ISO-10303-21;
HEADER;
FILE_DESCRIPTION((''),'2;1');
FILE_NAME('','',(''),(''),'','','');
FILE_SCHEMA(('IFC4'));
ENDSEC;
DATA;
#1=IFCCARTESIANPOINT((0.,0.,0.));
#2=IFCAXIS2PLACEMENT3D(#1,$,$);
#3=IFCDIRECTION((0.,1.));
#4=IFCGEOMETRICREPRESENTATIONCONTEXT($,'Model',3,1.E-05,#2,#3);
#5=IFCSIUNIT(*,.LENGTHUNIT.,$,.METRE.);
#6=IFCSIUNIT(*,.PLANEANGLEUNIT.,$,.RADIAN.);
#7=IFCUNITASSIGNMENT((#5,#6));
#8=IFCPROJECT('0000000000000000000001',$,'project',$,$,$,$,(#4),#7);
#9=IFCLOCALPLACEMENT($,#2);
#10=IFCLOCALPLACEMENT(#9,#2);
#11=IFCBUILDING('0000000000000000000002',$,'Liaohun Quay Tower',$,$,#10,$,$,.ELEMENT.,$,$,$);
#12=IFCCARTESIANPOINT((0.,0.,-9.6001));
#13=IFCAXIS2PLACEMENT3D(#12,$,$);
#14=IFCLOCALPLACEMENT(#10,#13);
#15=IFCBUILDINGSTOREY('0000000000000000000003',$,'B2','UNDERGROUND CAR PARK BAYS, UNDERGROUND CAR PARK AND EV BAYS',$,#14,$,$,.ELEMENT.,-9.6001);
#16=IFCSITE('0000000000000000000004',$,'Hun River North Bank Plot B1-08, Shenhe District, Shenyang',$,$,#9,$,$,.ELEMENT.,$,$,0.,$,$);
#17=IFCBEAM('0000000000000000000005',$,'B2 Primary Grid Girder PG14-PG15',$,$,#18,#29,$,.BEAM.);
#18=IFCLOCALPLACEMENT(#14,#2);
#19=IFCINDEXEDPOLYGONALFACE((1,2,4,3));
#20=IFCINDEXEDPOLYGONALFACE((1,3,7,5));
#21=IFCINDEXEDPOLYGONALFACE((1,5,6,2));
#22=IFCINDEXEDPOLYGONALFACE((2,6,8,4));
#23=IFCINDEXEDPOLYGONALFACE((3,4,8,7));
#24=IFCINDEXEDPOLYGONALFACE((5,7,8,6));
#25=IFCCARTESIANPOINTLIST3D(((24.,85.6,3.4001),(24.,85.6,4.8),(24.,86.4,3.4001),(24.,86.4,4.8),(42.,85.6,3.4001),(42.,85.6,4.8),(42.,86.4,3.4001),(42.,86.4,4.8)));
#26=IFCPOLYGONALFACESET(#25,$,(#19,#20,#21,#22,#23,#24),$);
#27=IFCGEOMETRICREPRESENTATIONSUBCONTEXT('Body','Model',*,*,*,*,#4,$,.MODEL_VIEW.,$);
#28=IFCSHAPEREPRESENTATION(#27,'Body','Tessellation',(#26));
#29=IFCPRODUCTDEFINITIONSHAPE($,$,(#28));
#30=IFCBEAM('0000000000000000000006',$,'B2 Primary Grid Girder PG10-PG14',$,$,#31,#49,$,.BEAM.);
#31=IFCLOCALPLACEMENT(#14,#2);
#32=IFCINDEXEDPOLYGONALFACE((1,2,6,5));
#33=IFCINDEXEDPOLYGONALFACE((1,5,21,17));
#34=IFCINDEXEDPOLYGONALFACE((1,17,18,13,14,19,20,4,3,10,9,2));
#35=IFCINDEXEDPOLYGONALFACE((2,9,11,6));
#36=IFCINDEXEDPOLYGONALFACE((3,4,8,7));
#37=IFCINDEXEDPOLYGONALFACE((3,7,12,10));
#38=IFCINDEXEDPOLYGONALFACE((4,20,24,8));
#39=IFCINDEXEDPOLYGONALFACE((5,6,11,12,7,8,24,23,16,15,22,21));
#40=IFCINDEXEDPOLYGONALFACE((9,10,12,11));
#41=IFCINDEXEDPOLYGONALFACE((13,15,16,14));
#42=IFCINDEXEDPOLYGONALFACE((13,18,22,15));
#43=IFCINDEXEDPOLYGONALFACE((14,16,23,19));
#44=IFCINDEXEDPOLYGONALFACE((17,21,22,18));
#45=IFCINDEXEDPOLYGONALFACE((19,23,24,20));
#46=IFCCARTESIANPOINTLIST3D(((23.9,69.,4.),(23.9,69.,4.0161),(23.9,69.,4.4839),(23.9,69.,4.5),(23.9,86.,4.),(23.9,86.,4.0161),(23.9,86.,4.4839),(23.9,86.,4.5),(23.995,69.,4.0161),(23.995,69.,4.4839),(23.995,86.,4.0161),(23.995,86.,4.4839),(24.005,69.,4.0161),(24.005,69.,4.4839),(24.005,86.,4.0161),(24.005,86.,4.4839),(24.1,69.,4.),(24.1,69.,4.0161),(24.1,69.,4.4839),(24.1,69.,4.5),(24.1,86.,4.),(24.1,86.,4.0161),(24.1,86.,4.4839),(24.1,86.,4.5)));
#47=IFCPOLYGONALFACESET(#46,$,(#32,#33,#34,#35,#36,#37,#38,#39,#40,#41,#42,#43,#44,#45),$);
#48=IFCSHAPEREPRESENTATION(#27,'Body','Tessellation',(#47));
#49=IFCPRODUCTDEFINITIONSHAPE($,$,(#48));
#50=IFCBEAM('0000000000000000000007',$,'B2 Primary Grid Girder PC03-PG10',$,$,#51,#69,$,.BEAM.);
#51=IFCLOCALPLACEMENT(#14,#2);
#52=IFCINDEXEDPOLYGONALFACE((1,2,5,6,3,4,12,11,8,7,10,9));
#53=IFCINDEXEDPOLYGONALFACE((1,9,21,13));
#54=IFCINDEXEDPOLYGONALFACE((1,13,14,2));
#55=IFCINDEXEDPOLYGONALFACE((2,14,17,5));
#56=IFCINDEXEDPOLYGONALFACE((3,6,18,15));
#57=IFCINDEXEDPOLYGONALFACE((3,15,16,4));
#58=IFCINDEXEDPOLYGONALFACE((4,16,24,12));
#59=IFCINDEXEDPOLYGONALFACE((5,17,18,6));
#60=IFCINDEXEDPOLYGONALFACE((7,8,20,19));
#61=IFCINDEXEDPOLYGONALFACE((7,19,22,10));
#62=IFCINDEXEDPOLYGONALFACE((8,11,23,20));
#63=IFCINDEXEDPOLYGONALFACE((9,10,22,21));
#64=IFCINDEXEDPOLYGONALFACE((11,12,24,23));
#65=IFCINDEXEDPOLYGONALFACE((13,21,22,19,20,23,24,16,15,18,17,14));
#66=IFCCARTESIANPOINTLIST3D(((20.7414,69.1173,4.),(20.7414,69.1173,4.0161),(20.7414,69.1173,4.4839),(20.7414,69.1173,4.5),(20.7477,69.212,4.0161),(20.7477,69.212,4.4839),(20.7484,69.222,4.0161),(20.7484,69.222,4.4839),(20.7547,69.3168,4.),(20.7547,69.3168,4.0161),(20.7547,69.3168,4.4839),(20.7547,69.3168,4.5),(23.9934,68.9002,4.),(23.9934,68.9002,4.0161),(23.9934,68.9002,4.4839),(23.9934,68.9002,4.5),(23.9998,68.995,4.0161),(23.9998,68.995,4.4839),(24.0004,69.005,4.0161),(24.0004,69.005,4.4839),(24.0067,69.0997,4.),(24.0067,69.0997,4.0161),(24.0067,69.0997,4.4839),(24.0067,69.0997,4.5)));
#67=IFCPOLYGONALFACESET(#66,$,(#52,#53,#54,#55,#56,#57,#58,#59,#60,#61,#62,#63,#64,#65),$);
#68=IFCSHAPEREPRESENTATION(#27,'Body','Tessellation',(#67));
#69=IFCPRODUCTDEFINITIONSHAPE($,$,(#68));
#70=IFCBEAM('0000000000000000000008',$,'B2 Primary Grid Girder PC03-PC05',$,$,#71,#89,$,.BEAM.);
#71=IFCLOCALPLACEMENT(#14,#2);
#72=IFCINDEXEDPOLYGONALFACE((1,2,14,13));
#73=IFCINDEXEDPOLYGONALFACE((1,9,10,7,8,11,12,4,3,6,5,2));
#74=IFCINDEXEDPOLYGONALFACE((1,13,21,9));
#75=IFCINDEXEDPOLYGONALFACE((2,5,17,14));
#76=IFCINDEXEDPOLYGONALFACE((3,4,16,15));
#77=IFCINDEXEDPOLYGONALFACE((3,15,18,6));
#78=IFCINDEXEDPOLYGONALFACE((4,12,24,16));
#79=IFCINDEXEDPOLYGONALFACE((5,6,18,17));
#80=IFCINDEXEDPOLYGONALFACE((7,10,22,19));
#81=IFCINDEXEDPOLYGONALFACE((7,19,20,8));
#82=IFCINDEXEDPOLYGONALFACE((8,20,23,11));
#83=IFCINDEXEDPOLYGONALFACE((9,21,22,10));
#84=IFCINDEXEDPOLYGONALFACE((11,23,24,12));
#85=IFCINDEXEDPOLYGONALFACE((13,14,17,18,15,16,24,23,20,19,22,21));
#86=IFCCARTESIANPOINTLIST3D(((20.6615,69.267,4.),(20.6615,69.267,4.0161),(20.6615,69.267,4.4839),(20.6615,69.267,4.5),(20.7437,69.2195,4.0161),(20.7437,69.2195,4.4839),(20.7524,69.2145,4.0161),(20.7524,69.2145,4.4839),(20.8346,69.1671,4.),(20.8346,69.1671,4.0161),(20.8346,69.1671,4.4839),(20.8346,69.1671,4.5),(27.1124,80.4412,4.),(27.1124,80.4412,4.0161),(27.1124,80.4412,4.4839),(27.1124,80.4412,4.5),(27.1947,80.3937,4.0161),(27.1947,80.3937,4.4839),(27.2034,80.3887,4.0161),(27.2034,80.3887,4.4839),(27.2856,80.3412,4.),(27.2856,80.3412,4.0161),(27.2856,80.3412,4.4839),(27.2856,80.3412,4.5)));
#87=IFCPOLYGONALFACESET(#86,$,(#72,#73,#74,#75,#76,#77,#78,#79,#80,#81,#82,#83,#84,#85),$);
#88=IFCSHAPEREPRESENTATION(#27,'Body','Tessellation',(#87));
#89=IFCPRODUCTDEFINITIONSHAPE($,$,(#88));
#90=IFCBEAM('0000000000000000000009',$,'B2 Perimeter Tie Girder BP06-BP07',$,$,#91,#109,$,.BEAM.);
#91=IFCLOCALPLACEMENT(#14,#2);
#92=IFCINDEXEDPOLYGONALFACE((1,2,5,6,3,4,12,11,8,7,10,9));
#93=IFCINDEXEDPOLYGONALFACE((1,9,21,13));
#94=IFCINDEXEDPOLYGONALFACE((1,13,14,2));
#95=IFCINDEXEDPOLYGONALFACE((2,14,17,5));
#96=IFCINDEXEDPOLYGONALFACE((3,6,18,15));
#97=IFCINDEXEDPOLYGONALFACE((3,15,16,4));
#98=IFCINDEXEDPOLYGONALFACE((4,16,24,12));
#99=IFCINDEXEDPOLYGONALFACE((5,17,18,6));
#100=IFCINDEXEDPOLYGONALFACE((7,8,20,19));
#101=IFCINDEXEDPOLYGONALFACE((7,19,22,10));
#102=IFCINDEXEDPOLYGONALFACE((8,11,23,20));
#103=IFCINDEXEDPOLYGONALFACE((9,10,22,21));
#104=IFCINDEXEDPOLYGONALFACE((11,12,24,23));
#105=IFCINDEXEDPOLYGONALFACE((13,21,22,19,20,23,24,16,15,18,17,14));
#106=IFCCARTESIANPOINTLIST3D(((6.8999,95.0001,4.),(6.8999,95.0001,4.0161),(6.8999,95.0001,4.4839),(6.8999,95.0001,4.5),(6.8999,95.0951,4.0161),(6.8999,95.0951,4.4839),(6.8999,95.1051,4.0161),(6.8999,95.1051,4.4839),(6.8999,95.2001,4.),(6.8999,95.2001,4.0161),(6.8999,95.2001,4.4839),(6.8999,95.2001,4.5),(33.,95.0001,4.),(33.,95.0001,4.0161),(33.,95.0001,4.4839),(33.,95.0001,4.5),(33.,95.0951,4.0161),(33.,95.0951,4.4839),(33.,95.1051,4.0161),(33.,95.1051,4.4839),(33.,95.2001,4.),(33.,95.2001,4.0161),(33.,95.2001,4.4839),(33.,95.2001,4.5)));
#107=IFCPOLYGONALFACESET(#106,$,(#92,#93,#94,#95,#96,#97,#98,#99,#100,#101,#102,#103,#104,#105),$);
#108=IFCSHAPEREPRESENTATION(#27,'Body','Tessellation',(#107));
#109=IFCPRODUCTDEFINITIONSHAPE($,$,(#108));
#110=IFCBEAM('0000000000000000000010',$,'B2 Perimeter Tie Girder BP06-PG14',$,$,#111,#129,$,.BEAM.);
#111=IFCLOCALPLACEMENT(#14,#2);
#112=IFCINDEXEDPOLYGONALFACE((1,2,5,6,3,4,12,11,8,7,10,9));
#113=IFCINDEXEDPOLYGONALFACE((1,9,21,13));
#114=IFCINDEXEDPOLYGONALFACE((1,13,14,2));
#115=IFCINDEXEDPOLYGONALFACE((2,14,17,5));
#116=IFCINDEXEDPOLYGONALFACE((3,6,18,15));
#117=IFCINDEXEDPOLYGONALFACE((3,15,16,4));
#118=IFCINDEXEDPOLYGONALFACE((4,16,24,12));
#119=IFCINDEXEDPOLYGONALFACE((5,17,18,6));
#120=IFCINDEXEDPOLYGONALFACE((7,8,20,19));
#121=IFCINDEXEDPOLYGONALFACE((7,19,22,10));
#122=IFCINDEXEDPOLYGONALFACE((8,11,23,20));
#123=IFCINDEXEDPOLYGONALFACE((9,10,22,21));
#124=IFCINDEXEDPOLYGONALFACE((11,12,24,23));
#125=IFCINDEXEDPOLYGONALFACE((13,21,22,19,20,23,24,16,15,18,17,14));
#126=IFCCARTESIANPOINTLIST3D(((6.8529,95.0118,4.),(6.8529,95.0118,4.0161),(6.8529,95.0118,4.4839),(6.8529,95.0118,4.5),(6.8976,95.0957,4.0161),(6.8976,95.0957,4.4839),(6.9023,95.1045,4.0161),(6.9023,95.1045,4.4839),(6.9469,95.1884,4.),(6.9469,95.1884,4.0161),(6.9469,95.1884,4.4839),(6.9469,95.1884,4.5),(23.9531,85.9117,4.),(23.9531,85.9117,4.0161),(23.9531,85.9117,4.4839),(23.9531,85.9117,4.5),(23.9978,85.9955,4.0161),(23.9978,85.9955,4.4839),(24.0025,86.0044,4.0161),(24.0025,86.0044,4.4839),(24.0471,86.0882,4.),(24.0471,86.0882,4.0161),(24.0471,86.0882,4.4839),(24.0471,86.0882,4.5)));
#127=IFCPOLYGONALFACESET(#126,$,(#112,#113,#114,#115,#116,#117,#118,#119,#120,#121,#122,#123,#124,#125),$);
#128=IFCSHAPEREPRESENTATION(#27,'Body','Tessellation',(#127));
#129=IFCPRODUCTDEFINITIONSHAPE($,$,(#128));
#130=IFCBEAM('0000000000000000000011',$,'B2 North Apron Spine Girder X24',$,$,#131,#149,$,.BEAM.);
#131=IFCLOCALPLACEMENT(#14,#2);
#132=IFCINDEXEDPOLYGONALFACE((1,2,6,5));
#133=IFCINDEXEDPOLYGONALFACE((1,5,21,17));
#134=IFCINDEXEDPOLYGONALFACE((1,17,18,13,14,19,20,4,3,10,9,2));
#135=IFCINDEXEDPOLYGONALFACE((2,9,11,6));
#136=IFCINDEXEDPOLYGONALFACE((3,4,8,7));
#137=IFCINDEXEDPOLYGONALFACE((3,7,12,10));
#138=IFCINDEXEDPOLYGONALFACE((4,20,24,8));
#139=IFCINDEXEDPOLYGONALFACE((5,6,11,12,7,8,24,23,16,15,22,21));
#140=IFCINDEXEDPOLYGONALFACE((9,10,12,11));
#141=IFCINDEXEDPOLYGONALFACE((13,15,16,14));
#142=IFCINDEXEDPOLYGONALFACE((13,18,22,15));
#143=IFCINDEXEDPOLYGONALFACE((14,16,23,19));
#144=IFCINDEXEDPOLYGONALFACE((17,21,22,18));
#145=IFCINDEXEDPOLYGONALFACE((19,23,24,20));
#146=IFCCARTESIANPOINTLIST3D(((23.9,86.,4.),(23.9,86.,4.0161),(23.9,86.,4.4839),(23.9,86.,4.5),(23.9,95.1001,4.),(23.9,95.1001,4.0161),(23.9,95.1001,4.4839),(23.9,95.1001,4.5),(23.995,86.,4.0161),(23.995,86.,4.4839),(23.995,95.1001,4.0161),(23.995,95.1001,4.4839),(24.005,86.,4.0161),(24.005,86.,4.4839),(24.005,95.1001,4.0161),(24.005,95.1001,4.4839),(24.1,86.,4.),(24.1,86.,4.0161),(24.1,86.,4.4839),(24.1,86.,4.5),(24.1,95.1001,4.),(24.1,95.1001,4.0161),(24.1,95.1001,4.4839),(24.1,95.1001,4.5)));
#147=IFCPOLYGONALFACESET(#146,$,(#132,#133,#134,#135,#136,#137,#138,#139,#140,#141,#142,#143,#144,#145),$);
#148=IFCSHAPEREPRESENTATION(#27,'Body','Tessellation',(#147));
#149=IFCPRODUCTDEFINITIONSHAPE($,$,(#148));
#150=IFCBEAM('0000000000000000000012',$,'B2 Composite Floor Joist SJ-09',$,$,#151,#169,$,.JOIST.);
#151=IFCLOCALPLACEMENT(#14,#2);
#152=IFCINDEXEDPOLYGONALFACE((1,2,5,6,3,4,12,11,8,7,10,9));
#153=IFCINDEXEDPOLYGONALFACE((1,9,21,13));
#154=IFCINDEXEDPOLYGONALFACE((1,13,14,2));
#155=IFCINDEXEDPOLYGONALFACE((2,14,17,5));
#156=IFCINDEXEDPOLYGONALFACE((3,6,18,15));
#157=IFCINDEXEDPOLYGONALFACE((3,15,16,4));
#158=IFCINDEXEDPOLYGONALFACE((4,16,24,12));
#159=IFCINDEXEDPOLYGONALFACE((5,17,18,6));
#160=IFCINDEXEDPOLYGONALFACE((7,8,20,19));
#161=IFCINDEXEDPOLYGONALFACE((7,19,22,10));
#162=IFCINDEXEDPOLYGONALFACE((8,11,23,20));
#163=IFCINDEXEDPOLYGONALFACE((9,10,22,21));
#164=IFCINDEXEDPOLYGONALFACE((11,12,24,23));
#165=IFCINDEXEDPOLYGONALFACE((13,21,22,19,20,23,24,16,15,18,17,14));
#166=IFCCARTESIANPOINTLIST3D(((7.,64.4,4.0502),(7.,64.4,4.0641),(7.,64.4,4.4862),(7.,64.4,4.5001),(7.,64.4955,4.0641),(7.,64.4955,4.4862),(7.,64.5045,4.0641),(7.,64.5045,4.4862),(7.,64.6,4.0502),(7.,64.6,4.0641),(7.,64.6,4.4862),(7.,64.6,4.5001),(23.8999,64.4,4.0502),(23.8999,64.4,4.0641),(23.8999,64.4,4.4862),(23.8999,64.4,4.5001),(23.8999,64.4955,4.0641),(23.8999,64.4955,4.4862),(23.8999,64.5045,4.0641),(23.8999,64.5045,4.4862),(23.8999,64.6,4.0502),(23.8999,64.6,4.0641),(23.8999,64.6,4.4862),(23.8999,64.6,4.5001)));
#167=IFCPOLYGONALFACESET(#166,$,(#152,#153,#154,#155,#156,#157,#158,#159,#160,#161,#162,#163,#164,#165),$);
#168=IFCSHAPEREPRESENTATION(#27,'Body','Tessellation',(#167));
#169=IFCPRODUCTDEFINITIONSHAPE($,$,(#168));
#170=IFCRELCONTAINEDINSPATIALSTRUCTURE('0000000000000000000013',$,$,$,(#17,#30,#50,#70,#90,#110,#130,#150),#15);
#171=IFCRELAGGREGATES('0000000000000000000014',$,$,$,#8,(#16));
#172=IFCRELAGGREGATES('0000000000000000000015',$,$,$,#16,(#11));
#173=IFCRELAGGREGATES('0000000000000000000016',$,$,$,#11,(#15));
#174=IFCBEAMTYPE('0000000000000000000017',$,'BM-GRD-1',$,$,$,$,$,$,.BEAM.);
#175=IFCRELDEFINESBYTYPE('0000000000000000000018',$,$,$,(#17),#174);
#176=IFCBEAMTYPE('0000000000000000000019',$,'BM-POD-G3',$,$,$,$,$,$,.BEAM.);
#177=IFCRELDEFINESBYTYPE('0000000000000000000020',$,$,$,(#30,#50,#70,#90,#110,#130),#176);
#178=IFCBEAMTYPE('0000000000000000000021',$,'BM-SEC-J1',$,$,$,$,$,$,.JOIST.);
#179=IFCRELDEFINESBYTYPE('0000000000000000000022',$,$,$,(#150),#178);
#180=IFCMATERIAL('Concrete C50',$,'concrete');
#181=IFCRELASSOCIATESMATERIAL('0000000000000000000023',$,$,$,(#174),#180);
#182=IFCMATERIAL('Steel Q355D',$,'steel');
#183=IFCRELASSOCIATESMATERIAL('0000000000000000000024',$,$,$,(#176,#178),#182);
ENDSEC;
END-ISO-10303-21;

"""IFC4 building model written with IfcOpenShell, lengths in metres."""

from ifc_helpers import new_model, si_unit, direction, frame, origin, origin_2d, place, context, subcontext, project, spatial, rectangle, i_section, extrude, source, transform, mapped, material, material_profile, profile_set, type_object, element, save


model = new_model("IFC4")

# Units and contexts
model_context = context("Model", 3, precision=1e-05, world=origin(), true_north=direction((0.0, 1.0)))
body_context = subcontext(model_context, "Body", "Model", "MODEL_VIEW")
ifc_project = project(units=[si_unit("LENGTHUNIT", "METRE"), si_unit("PLANEANGLEUNIT", "RADIAN")], contexts=[model_context])

# Site, building, storey
site_placement = place(None, origin())
site = spatial("IfcSite", under=ifc_project, at=site_placement, Name="Hun River North Bank Plot B1-08, Shenhe District, Shenyang", CompositionType="ELEMENT", RefElevation=0.0)
building_placement = place(site_placement, origin())
building = spatial("IfcBuilding", under=site, at=building_placement, Name="Liaohun Quay Tower", CompositionType="ELEMENT")
storey_placement = place(building_placement, frame((0.0, 0.0, -9.6001)))
storey = spatial("IfcBuildingStorey", under=building, at=storey_placement, Name="B2", Description="UNDERGROUND CAR PARK BAYS, UNDERGROUND CAR PARK AND EV BAYS", CompositionType="ELEMENT", Elevation=-9.6001)

# Shared definitions
ifc_material_1 = material(Name="Concrete C50", Category="concrete")

# Beams
ifc_material_profile_1 = material_profile(ifc_material_1, rectangle(XDim=0.8, YDim=1.3999, at=origin_2d()), Name="RC800x1400")
ifc_profile_set_1 = profile_set([ifc_material_profile_1], Name="Concrete C50")
beam_type_1 = type_object("IfcBeamType", Name="BM-GRD-1", PredefinedType="BEAM", material=ifc_profile_set_1)
shared_shape_1 = source(origin(), body_context, "Body", "SweptSolid", [
    extrude(rectangle(XDim=0.8, YDim=1.3999, at=origin_2d()), origin(), (0.0, 0.0, 1.0), 18.0),
])
for number, where, z_axis, x_axis, name in (
    (1, (24.0, 86.0, 4.1001), (1.0, 0.0, 0.0), (0.0, 1.0, 0.0), "B2 Primary Grid Girder PG14-PG15"),
):
    element("IfcBeam", number, at=place(storey_placement, frame(where, z_axis=z_axis, x_axis=x_axis)), inside=storey, type_object=beam_type_1, Name=name, PredefinedType="BEAM", context=body_context, shape_type="MappedRepresentation", body=[
        mapped(shared_shape_1, transform((0.0, 0.0, 0.0), x_axis=(1.0, 0.0, 0.0), y_axis=(0.0, 1.0, 0.0), z_axis=(0.0, 0.0, 1.0), scale=1.0)),
    ])
ifc_material_2 = material(Name="Steel Q355D", Category="steel")
ifc_material_profile_2 = material_profile(ifc_material_2, i_section(OverallWidth=0.2, OverallDepth=0.5, WebThickness=0.01, FlangeThickness=0.0161, at=origin_2d()), Name="HN500x200x10x16")
ifc_profile_set_2 = profile_set([ifc_material_profile_2], Name="Steel Q355D")
beam_type_2 = type_object("IfcBeamType", Name="BM-POD-G3", PredefinedType="BEAM", material=ifc_profile_set_2)
shared_shape_2 = source(origin(), body_context, "Body", "SweptSolid", [
    extrude(i_section(OverallWidth=0.2, OverallDepth=0.5, WebThickness=0.01, FlangeThickness=0.0161, at=origin_2d()), origin(), (0.0, 0.0, 1.0), 17.0),
])
beam_1_placement = place(storey_placement, frame((24.0, 69.0, 4.25), z_axis=(0.0, 1.0, 0.0), x_axis=(-1.0, 0.0, 0.0)))
element("IfcBeam", 2, at=beam_1_placement, inside=storey, type_object=beam_type_2, Name="B2 Primary Grid Girder PG10-PG14", PredefinedType="BEAM", context=body_context, shape_type="MappedRepresentation", body=[
    mapped(shared_shape_2, transform((0.0, 0.0, 0.0), x_axis=(1.0, 0.0, 0.0), y_axis=(0.0, 1.0, 0.0), z_axis=(0.0, 0.0, 1.0), scale=1.0)),
])
shared_shape_3 = source(origin(), body_context, "Body", "SweptSolid", [
    extrude(i_section(OverallWidth=0.2, OverallDepth=0.5, WebThickness=0.01, FlangeThickness=0.0161, at=origin_2d()), origin(), (0.0, 0.0, 1.0), 3.2593),
])
beam_2_placement = place(storey_placement, frame((20.748, 69.217, 4.25), z_axis=(0.99778, -0.066594, 0.0), x_axis=(0.066594, 0.99778, 0.0)))
element("IfcBeam", 3, at=beam_2_placement, inside=storey, type_object=beam_type_2, Name="B2 Primary Grid Girder PC03-PG10", PredefinedType="BEAM", context=body_context, shape_type="MappedRepresentation", body=[
    mapped(shared_shape_3, transform((0.0, 0.0, 0.0), x_axis=(1.0, 0.0, 0.0), y_axis=(0.0, 1.0, 0.0), z_axis=(0.0, 0.0, 1.0), scale=1.0)),
])
shared_shape_4 = source(origin(), body_context, "Body", "SweptSolid", [
    extrude(i_section(OverallWidth=0.2, OverallDepth=0.5, WebThickness=0.01, FlangeThickness=0.0161, at=origin_2d()), origin(), (0.0, 0.0, 1.0), 12.9026),
])
beam_3_placement = place(storey_placement, frame((20.748, 69.217, 4.25), z_axis=(0.499975, 0.86604, 0.0), x_axis=(-0.86604, 0.499975, 0.0)))
element("IfcBeam", 4, at=beam_3_placement, inside=storey, type_object=beam_type_2, Name="B2 Primary Grid Girder PC03-PC05", PredefinedType="BEAM", context=body_context, shape_type="MappedRepresentation", body=[
    mapped(shared_shape_4, transform((0.0, 0.0, 0.0), x_axis=(1.0, 0.0, 0.0), y_axis=(0.0, 1.0, 0.0), z_axis=(0.0, 0.0, 1.0), scale=1.0)),
])
shared_shape_5 = source(origin(), body_context, "Body", "SweptSolid", [
    extrude(i_section(OverallWidth=0.2, OverallDepth=0.5, WebThickness=0.01, FlangeThickness=0.0161, at=origin_2d()), origin(), (0.0, 0.0, 1.0), 26.1001),
])
beam_4_placement = place(storey_placement, frame((6.8999, 95.1001, 4.25), z_axis=(1.0, 0.0, 0.0), x_axis=(0.0, 1.0, 0.0)))
element("IfcBeam", 5, at=beam_4_placement, inside=storey, type_object=beam_type_2, Name="B2 Perimeter Tie Girder BP06-BP07", PredefinedType="BEAM", context=body_context, shape_type="MappedRepresentation", body=[
    mapped(shared_shape_5, transform((0.0, 0.0, 0.0), x_axis=(1.0, 0.0, 0.0), y_axis=(0.0, 1.0, 0.0), z_axis=(0.0, 0.0, 1.0), scale=1.0)),
])
shared_shape_6 = source(origin(), body_context, "Body", "SweptSolid", [
    extrude(i_section(OverallWidth=0.2, OverallDepth=0.5, WebThickness=0.01, FlangeThickness=0.0161, at=origin_2d()), origin(), (0.0, 0.0, 1.0), 19.3708),
])
beam_5_placement = place(storey_placement, frame((6.8999, 95.1001, 4.25), z_axis=(0.88278, -0.469786, 0.0), x_axis=(0.469786, 0.88278, 0.0)))
element("IfcBeam", 6, at=beam_5_placement, inside=storey, type_object=beam_type_2, Name="B2 Perimeter Tie Girder BP06-PG14", PredefinedType="BEAM", context=body_context, shape_type="MappedRepresentation", body=[
    mapped(shared_shape_6, transform((0.0, 0.0, 0.0), x_axis=(1.0, 0.0, 0.0), y_axis=(0.0, 1.0, 0.0), z_axis=(0.0, 0.0, 1.0), scale=1.0)),
])
shared_shape_7 = source(origin(), body_context, "Body", "SweptSolid", [
    extrude(i_section(OverallWidth=0.2, OverallDepth=0.5, WebThickness=0.01, FlangeThickness=0.0161, at=origin_2d()), origin(), (0.0, 0.0, 1.0), 9.1001),
])
beam_6_placement = place(storey_placement, frame((24.0, 86.0, 4.25), z_axis=(0.0, 1.0, 0.0), x_axis=(-1.0, 0.0, 0.0)))
element("IfcBeam", 7, at=beam_6_placement, inside=storey, type_object=beam_type_2, Name="B2 North Apron Spine Girder X24", PredefinedType="BEAM", context=body_context, shape_type="MappedRepresentation", body=[
    mapped(shared_shape_7, transform((0.0, 0.0, 0.0), x_axis=(1.0, 0.0, 0.0), y_axis=(0.0, 1.0, 0.0), z_axis=(0.0, 0.0, 1.0), scale=1.0)),
])
ifc_material_profile_3 = material_profile(ifc_material_2, i_section(OverallWidth=0.2, OverallDepth=0.45, WebThickness=0.009, FlangeThickness=0.0139, at=origin_2d()), Name="HN450x200x9x14")
ifc_profile_set_3 = profile_set([ifc_material_profile_3], Name="Steel Q355D")
beam_type_3 = type_object("IfcBeamType", Name="BM-SEC-J1", PredefinedType="JOIST", material=ifc_profile_set_3)
shared_shape_8 = source(origin(), body_context, "Body", "SweptSolid", [
    extrude(i_section(OverallWidth=0.2, OverallDepth=0.45, WebThickness=0.009, FlangeThickness=0.0139, at=origin_2d()), origin(), (0.0, 0.0, 1.0), 16.8999),
])
for number, where, z_axis, x_axis, name in (
    (8, (7.0, 64.5, 4.2751), (1.0, 0.0, 0.0), (0.0, 1.0, 0.0), "B2 Composite Floor Joist SJ-09"),
):
    element("IfcBeam", number, at=place(storey_placement, frame(where, z_axis=z_axis, x_axis=x_axis)), inside=storey, type_object=beam_type_3, Name=name, PredefinedType="JOIST", context=body_context, shape_type="MappedRepresentation", body=[
        mapped(shared_shape_8, transform((0.0, 0.0, 0.0), x_axis=(1.0, 0.0, 0.0), y_axis=(0.0, 1.0, 0.0), z_axis=(0.0, 0.0, 1.0), scale=1.0)),
    ])

save(model, "model.ifc")
